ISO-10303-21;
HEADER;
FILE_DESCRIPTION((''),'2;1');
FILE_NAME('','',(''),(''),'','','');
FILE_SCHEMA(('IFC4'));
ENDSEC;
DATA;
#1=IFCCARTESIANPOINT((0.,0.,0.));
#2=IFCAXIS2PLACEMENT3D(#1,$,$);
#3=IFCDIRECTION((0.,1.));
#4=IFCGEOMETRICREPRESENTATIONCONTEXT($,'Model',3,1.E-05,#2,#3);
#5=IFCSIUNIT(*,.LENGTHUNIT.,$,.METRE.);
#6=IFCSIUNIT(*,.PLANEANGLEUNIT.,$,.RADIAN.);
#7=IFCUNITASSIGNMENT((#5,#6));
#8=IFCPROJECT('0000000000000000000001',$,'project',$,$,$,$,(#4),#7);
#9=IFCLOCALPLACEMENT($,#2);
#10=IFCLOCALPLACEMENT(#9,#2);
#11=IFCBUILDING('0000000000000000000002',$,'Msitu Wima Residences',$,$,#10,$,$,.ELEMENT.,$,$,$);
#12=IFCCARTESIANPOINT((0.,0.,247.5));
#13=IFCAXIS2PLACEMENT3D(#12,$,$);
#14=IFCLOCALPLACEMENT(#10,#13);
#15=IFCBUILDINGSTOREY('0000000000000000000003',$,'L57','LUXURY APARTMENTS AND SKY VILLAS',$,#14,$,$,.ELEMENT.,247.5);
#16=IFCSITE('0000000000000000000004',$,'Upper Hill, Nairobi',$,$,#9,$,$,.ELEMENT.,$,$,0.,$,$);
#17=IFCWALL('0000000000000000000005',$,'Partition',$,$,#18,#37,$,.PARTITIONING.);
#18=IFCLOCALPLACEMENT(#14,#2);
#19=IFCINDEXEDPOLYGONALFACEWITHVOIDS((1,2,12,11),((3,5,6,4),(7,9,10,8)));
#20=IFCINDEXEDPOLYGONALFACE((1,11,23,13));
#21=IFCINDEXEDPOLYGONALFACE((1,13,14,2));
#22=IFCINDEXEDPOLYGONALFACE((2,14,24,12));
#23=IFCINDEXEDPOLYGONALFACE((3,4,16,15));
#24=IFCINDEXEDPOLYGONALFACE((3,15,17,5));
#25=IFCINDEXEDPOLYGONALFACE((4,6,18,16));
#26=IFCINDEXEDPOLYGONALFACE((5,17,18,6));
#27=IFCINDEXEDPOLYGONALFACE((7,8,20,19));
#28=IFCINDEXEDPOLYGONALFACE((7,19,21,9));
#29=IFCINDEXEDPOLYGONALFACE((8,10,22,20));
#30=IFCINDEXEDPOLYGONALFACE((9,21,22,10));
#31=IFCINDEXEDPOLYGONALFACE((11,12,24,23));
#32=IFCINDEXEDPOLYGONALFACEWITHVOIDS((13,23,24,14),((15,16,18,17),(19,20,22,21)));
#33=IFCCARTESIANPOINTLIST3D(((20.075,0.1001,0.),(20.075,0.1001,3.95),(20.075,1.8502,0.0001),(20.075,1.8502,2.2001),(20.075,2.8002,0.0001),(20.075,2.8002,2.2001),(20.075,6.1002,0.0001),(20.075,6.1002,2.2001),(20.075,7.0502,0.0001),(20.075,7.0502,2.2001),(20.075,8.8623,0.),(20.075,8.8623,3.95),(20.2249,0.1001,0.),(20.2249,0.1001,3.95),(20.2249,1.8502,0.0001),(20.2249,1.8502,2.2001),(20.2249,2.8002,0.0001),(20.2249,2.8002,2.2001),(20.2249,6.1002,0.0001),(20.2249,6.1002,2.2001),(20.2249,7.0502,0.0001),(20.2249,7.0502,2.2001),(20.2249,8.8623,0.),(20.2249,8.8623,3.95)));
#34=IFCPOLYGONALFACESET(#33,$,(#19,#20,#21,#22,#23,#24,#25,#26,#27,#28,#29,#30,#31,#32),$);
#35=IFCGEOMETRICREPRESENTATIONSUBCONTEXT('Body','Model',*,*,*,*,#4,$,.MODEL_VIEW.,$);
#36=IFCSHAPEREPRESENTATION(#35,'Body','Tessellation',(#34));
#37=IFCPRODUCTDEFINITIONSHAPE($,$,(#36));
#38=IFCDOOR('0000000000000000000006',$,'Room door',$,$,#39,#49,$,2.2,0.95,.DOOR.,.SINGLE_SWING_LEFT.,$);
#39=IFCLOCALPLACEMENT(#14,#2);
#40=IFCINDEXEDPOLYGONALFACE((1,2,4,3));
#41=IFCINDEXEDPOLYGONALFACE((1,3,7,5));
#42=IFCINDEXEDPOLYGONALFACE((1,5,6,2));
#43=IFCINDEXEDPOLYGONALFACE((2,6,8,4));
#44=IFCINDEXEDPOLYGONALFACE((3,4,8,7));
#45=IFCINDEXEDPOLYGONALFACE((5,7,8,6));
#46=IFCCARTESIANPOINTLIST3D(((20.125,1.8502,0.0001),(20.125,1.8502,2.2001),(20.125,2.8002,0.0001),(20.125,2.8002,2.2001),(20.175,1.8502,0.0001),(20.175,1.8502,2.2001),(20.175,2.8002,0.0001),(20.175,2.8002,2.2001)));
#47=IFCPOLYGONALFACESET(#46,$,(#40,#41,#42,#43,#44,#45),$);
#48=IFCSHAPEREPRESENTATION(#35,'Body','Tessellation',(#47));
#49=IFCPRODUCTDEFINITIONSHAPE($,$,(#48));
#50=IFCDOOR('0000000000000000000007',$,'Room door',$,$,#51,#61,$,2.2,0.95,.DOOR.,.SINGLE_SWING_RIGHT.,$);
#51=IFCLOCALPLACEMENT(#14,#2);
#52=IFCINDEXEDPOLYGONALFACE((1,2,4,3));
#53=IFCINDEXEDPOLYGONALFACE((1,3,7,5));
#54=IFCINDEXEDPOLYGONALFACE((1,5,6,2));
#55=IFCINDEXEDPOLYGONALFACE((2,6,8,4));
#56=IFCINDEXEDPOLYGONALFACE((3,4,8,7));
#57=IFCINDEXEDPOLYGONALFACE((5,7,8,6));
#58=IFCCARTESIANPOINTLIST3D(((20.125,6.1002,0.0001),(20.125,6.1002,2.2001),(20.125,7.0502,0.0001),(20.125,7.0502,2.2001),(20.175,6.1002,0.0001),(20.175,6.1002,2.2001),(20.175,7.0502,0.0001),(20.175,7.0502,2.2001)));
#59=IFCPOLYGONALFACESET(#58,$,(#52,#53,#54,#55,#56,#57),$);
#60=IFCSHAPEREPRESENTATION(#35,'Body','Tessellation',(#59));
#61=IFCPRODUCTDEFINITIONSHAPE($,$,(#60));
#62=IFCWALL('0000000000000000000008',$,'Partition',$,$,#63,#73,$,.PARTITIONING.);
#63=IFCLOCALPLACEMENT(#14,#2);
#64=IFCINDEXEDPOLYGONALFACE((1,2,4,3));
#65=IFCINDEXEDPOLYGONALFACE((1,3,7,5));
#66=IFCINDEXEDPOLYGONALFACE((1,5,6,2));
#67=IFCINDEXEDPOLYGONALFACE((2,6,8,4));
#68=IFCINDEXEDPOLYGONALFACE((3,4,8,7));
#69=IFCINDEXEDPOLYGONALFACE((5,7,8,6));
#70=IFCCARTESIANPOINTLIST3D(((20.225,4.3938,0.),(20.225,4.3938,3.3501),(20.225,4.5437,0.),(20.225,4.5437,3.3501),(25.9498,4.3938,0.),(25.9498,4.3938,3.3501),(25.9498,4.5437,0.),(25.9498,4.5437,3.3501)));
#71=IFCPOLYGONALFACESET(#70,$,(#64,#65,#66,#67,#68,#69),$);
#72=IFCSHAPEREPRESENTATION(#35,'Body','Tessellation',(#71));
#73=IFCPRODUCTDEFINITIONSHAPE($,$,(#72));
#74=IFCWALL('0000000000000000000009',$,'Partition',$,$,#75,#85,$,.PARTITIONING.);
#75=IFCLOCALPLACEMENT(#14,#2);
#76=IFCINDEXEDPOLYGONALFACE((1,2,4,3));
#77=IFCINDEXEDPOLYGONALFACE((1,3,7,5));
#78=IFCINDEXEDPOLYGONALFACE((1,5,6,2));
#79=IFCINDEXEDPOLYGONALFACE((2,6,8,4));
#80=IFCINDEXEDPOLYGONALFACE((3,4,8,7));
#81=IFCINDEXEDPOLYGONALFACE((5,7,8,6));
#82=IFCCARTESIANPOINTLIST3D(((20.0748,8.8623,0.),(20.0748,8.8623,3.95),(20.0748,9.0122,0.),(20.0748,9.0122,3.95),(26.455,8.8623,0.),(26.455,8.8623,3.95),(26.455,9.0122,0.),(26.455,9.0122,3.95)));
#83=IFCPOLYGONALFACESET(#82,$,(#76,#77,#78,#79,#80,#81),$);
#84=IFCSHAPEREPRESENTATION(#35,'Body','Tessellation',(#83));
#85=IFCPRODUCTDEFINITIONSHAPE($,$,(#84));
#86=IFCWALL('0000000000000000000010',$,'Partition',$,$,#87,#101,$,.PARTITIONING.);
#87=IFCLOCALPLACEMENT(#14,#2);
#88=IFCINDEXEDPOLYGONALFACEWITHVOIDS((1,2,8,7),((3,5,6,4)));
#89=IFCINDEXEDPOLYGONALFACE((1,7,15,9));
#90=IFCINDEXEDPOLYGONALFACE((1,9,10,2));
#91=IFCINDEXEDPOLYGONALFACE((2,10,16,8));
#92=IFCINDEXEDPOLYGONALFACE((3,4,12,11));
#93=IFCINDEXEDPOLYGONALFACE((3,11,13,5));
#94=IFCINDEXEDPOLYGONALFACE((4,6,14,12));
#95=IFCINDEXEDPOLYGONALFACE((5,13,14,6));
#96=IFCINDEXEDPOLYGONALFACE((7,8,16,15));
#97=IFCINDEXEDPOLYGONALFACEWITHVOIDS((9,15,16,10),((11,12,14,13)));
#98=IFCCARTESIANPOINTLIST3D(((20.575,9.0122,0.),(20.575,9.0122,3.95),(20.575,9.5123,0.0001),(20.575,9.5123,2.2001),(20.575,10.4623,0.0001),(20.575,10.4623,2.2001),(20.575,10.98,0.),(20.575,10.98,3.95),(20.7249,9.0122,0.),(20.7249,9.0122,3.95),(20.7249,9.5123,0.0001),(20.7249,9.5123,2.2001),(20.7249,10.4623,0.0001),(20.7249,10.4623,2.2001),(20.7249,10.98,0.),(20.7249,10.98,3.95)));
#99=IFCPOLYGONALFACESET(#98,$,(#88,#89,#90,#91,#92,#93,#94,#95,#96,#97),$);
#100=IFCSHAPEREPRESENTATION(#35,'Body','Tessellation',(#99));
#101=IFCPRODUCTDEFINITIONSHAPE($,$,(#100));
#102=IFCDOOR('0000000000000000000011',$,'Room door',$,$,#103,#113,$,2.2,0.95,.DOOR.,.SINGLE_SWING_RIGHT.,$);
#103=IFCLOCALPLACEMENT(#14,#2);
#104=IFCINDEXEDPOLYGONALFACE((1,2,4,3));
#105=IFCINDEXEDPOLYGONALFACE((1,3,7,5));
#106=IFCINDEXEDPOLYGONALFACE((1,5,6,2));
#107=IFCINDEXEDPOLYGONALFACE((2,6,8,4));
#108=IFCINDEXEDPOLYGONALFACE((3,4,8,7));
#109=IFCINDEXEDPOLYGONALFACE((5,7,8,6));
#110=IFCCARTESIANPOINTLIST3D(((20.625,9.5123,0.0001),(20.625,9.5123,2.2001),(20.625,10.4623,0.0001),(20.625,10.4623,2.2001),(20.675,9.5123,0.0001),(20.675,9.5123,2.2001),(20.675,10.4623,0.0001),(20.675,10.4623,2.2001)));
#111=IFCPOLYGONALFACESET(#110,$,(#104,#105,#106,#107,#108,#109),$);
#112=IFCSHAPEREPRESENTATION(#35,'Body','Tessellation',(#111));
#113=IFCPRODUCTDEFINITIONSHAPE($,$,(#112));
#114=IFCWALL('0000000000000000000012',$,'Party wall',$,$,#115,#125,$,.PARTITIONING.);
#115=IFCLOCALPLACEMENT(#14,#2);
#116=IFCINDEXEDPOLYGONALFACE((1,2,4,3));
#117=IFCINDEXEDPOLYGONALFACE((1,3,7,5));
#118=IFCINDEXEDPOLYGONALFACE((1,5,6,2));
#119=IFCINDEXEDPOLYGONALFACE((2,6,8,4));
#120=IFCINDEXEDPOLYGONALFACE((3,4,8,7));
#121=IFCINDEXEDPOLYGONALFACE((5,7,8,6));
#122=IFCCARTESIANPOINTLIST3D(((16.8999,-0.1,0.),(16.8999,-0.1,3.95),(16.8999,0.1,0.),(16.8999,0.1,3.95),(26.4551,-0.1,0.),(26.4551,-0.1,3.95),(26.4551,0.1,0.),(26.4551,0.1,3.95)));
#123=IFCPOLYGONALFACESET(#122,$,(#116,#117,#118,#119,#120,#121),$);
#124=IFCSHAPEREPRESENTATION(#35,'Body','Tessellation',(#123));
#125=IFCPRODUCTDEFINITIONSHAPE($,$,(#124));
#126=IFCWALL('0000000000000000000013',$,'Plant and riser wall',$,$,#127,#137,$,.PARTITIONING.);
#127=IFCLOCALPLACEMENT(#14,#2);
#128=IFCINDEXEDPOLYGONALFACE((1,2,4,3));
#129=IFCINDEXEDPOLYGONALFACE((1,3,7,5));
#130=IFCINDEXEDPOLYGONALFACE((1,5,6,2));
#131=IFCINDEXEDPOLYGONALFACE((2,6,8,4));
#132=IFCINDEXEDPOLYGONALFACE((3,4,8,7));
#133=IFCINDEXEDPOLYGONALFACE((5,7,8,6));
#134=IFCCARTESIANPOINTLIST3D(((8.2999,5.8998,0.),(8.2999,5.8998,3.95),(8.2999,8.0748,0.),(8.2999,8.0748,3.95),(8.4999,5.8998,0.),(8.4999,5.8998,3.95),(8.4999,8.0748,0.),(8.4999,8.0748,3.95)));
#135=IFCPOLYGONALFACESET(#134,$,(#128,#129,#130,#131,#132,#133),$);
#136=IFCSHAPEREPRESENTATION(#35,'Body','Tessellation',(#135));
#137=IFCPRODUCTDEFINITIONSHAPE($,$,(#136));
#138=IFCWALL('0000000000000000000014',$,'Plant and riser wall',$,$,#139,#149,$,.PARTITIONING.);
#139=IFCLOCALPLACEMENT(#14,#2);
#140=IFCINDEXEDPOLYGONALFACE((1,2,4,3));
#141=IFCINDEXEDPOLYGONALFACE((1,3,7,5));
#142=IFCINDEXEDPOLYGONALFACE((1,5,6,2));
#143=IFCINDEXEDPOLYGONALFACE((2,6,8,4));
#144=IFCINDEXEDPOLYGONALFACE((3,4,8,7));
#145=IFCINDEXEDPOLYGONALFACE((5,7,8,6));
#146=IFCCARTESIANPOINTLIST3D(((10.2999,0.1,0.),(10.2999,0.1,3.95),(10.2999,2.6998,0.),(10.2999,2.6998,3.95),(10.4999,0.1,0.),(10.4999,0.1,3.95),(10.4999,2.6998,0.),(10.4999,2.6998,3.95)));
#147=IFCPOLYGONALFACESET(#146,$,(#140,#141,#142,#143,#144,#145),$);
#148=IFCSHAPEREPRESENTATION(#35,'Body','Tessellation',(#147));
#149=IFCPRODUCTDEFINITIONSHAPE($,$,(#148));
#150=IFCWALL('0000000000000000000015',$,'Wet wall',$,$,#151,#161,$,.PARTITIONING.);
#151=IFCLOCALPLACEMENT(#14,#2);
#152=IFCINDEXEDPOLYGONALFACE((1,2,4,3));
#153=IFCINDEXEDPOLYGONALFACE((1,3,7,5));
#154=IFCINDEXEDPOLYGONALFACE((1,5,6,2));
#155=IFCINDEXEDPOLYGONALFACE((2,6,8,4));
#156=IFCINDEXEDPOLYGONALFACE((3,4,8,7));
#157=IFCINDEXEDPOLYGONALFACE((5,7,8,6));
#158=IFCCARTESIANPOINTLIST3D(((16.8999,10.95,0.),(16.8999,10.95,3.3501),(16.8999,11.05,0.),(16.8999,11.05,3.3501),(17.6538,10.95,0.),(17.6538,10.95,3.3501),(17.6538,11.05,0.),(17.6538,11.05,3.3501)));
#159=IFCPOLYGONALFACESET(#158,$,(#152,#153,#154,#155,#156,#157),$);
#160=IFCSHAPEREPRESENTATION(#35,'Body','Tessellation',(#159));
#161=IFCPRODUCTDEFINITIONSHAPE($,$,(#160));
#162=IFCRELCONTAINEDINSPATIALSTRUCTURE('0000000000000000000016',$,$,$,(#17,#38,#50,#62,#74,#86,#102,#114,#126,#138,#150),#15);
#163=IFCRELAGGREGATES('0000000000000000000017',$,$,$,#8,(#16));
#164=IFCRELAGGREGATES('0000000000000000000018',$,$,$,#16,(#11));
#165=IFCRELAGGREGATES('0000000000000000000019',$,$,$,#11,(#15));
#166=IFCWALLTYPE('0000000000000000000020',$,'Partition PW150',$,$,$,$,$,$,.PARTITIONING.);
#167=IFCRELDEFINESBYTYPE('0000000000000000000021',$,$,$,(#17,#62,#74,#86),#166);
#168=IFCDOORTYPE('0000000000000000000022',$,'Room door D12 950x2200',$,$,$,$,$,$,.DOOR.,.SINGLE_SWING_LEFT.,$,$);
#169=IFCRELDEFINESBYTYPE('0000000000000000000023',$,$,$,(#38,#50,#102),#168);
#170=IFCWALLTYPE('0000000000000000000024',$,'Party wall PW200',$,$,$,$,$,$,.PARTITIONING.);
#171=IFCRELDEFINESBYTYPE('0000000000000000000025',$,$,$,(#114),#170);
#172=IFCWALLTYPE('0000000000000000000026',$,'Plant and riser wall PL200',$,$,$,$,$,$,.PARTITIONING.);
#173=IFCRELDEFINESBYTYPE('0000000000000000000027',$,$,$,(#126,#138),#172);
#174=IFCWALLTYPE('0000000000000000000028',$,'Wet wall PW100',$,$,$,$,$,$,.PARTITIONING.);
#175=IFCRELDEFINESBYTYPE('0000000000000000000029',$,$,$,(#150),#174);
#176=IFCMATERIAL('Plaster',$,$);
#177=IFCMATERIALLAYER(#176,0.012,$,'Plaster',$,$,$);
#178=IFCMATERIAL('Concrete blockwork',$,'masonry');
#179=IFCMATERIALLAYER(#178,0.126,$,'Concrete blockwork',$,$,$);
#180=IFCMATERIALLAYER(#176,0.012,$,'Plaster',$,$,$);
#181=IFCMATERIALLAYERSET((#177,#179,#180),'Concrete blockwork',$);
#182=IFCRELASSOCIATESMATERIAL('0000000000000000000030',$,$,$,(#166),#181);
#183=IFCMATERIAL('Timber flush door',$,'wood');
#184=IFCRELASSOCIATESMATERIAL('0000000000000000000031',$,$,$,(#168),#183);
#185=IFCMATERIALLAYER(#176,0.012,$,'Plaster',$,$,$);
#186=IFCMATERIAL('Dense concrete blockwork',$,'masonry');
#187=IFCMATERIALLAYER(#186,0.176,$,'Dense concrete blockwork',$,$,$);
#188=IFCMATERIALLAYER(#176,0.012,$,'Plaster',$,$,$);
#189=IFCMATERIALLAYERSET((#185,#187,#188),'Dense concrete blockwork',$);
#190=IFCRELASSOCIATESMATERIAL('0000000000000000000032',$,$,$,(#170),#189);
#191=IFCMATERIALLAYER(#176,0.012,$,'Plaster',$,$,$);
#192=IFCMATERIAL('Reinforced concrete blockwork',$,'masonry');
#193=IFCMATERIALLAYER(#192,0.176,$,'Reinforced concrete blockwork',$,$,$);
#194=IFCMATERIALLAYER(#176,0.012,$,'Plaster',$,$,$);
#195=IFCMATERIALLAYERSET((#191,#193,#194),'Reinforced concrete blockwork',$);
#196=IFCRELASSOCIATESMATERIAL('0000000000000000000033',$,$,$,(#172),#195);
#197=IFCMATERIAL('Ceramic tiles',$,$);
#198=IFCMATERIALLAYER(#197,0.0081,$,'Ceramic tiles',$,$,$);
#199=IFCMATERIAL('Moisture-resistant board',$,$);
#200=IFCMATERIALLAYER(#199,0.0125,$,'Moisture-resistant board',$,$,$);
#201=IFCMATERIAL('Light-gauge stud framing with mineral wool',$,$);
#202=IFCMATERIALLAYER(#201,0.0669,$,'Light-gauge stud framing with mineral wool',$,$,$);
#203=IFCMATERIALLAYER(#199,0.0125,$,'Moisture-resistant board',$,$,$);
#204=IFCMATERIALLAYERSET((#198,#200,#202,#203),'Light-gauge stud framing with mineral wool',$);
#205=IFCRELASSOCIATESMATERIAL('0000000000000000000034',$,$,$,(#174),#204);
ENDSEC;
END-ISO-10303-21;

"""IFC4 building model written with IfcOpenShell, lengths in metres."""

from ifc_helpers import new_model, si_unit, direction, frame, frame_2d, origin, place, context, subcontext, project, spatial, rectangle, extrude, material, layer, layer_set, type_object, element, fill, save


model = new_model("IFC4")

# Units and contexts
model_context = context("Model", 3, precision=1e-05, world=origin(), true_north=direction((0.0, 1.0)))
body_context = subcontext(model_context, "Body", "Model", "MODEL_VIEW")
ifc_project = project(units=[si_unit("LENGTHUNIT", "METRE"), si_unit("PLANEANGLEUNIT", "RADIAN")], contexts=[model_context])

# Site, building, storey
site_placement = place(None, origin())
site = spatial("IfcSite", under=ifc_project, at=site_placement, Name="Upper Hill, Nairobi", CompositionType="ELEMENT", RefElevation=0.0)
building_placement = place(site_placement, origin())
building = spatial("IfcBuilding", under=site, at=building_placement, Name="Msitu Wima Residences", CompositionType="ELEMENT")
storey_placement = place(building_placement, frame((0.0, 0.0, 247.5)))
storey = spatial("IfcBuildingStorey", under=building, at=storey_placement, Name="L57", Description="LUXURY APARTMENTS AND SKY VILLAS", CompositionType="ELEMENT", Elevation=247.5)

# Shared definitions
ifc_material_1 = material(Name="Plaster")
ifc_material_2 = material(Name="Concrete blockwork", Category="masonry")
ifc_material_3 = material(Name="Timber flush door", Category="wood")

# Wall, openings, doors
ifc_layer_1 = layer(ifc_material_1, 0.012, Name="Plaster")
ifc_layer_2 = layer(ifc_material_2, 0.126, Name="Concrete blockwork")
ifc_layer_3 = layer(ifc_material_1, 0.012, Name="Plaster")
ifc_layer_set_1 = layer_set([ifc_layer_1, ifc_layer_2, ifc_layer_3], Name="Concrete blockwork")
wall_type_1 = type_object("IfcWallType", Name="Partition PW150", PredefinedType="PARTITIONING", material=ifc_layer_set_1)
wall_1_placement = place(storey_placement, frame((20.1499, 0.1001, 0.0), z_axis=(0.0, 0.0, 1.0), x_axis=(0.0, 1.0, 0.0)))
wall_1 = element("IfcWall", 1, at=wall_1_placement, inside=storey, type_object=wall_type_1, Name="Partition", PredefinedType="PARTITIONING", context=body_context, shape_type="SweptSolid", body=[
    extrude(rectangle(XDim=8.7622, YDim=0.1499, at=frame_2d((4.3811, 0.0))), origin(), (0.0, 0.0, 1.0), 3.95),
])
opening_1_placement = place(wall_1_placement, frame((1.75, 0.0, 0.0)))
opening_1 = element("IfcOpeningElement", 2, at=opening_1_placement, cuts=wall_1, PredefinedType="OPENING", context=body_context, shape_type="SweptSolid", body=[
    extrude(rectangle(XDim=0.95, YDim=2.2, at=frame_2d((0.4751, 1.1001))), frame((0.0, 0.085, 0.0), z_axis=(0.0, -1.0, 0.0), x_axis=(1.0, 0.0, 0.0)), (0.0, 0.0, 1.0), 0.1699),
])
opening_2_placement = place(wall_1_placement, frame((6.0, 0.0, 0.0)))
opening_2 = element("IfcOpeningElement", 3, at=opening_2_placement, cuts=wall_1, PredefinedType="OPENING", context=body_context, shape_type="SweptSolid", body=[
    extrude(rectangle(XDim=0.95, YDim=2.2, at=frame_2d((0.4751, 1.1001))), frame((0.0, 0.085, 0.0), z_axis=(0.0, -1.0, 0.0), x_axis=(1.0, 0.0, 0.0)), (0.0, 0.0, 1.0), 0.1699),
])
door_type_1 = type_object("IfcDoorType", Name="Room door D12 950x2200", OperationType="SINGLE_SWING_LEFT", PredefinedType="DOOR", material=ifc_material_3)
door_1_placement = place(opening_1_placement, origin())
door_1 = element("IfcDoor", 4, at=door_1_placement, inside=storey, type_object=door_type_1, Name="Room door", OperationType="SINGLE_SWING_LEFT", OverallHeight=2.2, OverallWidth=0.95, PredefinedType="DOOR", context=body_context, shape_type="SweptSolid", body=[
    extrude(rectangle(XDim=0.95, YDim=2.2, at=frame_2d((0.4751, 1.1001))), frame((0.0, 0.0249, 0.0), z_axis=(0.0, -1.0, 0.0), x_axis=(1.0, 0.0, 0.0)), (0.0, 0.0, 1.0), 0.05),
])
fill(opening_1, door_1)
door_2_placement = place(opening_2_placement, origin())
door_2 = element("IfcDoor", 5, at=door_2_placement, inside=storey, type_object=door_type_1, Name="Room door", OperationType="SINGLE_SWING_RIGHT", OverallHeight=2.2, OverallWidth=0.95, PredefinedType="DOOR", context=body_context, shape_type="SweptSolid", body=[
    extrude(rectangle(XDim=0.95, YDim=2.2, at=frame_2d((0.4751, 1.1001))), frame((0.0, 0.0249, 0.0), z_axis=(0.0, -1.0, 0.0), x_axis=(1.0, 0.0, 0.0)), (0.0, 0.0, 1.0), 0.05),
])
fill(opening_2, door_2)

# Walls
wall_2_placement = place(storey_placement, frame((20.2251, 4.4688, 0.0), z_axis=(0.0, 0.0, 1.0), x_axis=(1.0, 0.0, 0.0)))
element("IfcWall", 6, at=wall_2_placement, inside=storey, type_object=wall_type_1, Name="Partition", PredefinedType="PARTITIONING", context=body_context, shape_type="SweptSolid", body=[
    extrude(rectangle(XDim=5.7249, YDim=0.1499, at=frame_2d((2.8623, 0.0))), origin(), (0.0, 0.0, 1.0), 3.3501),
])
wall_3_placement = place(storey_placement, frame((20.075, 8.9373, 0.0), z_axis=(0.0, 0.0, 1.0), x_axis=(1.0, 0.0, 0.0)))
element("IfcWall", 7, at=wall_3_placement, inside=storey, type_object=wall_type_1, Name="Partition", PredefinedType="PARTITIONING", context=body_context, shape_type="SweptSolid", body=[
    extrude(rectangle(XDim=6.3801, YDim=0.1499, at=frame_2d((3.1899, 0.0))), origin(), (0.0, 0.0, 1.0), 3.95),
])

# Wall, opening, door
wall_4_placement = place(storey_placement, frame((20.6499, 9.0122, 0.0), z_axis=(0.0, 0.0, 1.0), x_axis=(0.0, 1.0, 0.0)))
wall_4 = element("IfcWall", 8, at=wall_4_placement, inside=storey, type_object=wall_type_1, Name="Partition", PredefinedType="PARTITIONING", context=body_context, shape_type="SweptSolid", body=[
    extrude(rectangle(XDim=1.9678, YDim=0.1499, at=frame_2d((0.9839, 0.0))), origin(), (0.0, 0.0, 1.0), 3.95),
])
opening_3_placement = place(wall_4_placement, frame((0.5, 0.0, 0.0)))
opening_3 = element("IfcOpeningElement", 9, at=opening_3_placement, cuts=wall_4, PredefinedType="OPENING", context=body_context, shape_type="SweptSolid", body=[
    extrude(rectangle(XDim=0.95, YDim=2.2, at=frame_2d((0.4751, 1.1001))), frame((0.0, 0.085, 0.0), z_axis=(0.0, -1.0, 0.0), x_axis=(1.0, 0.0, 0.0)), (0.0, 0.0, 1.0), 0.1699),
])
door_3_placement = place(opening_3_placement, origin())
door_3 = element("IfcDoor", 10, at=door_3_placement, inside=storey, type_object=door_type_1, Name="Room door", OperationType="SINGLE_SWING_RIGHT", OverallHeight=2.2, OverallWidth=0.95, PredefinedType="DOOR", context=body_context, shape_type="SweptSolid", body=[
    extrude(rectangle(XDim=0.95, YDim=2.2, at=frame_2d((0.4751, 1.1001))), frame((0.0, 0.0249, 0.0), z_axis=(0.0, -1.0, 0.0), x_axis=(1.0, 0.0, 0.0)), (0.0, 0.0, 1.0), 0.05),
])
fill(opening_3, door_3)

# Walls
ifc_layer_4 = layer(ifc_material_1, 0.012, Name="Plaster")
ifc_material_4 = material(Name="Dense concrete blockwork", Category="masonry")
ifc_layer_5 = layer(ifc_material_4, 0.176, Name="Dense concrete blockwork")
ifc_layer_6 = layer(ifc_material_1, 0.012, Name="Plaster")
ifc_layer_set_2 = layer_set([ifc_layer_4, ifc_layer_5, ifc_layer_6], Name="Dense concrete blockwork")
wall_type_2 = type_object("IfcWallType", Name="Party wall PW200", PredefinedType="PARTITIONING", material=ifc_layer_set_2)
wall_5_placement = place(storey_placement, frame((16.8999, 0.0, 0.0), z_axis=(0.0, 0.0, 1.0), x_axis=(1.0, 0.0, 0.0)))
element("IfcWall", 11, at=wall_5_placement, inside=storey, type_object=wall_type_2, Name="Party wall", PredefinedType="PARTITIONING", context=body_context, shape_type="SweptSolid", body=[
    extrude(rectangle(XDim=9.5552, YDim=0.2, at=frame_2d((4.7776, 0.0))), origin(), (0.0, 0.0, 1.0), 3.95),
])
ifc_layer_7 = layer(ifc_material_1, 0.012, Name="Plaster")
ifc_material_5 = material(Name="Reinforced concrete blockwork", Category="masonry")
ifc_layer_8 = layer(ifc_material_5, 0.176, Name="Reinforced concrete blockwork")
ifc_layer_9 = layer(ifc_material_1, 0.012, Name="Plaster")
ifc_layer_set_3 = layer_set([ifc_layer_7, ifc_layer_8, ifc_layer_9], Name="Reinforced concrete blockwork")
wall_type_3 = type_object("IfcWallType", Name="Plant and riser wall PL200", PredefinedType="PARTITIONING", material=ifc_layer_set_3)
wall_6_placement = place(storey_placement, frame((8.3999, 5.8999, 0.0), z_axis=(0.0, 0.0, 1.0), x_axis=(0.0, 1.0, 0.0)))
element("IfcWall", 12, at=wall_6_placement, inside=storey, type_object=wall_type_3, Name="Plant and riser wall", PredefinedType="PARTITIONING", context=body_context, shape_type="SweptSolid", body=[
    extrude(rectangle(XDim=2.175, YDim=0.2, at=frame_2d((1.0874, 0.0))), origin(), (0.0, 0.0, 1.0), 3.95),
])
wall_7_placement = place(storey_placement, frame((10.3999, 0.1001, 0.0), z_axis=(0.0, 0.0, 1.0), x_axis=(0.0, 1.0, 0.0)))
element("IfcWall", 13, at=wall_7_placement, inside=storey, type_object=wall_type_3, Name="Plant and riser wall", PredefinedType="PARTITIONING", context=body_context, shape_type="SweptSolid", body=[
    extrude(rectangle(XDim=2.5999, YDim=0.2, at=frame_2d((1.2998, 0.0))), origin(), (0.0, 0.0, 1.0), 3.95),
])
ifc_material_6 = material(Name="Ceramic tiles")
ifc_layer_10 = layer(ifc_material_6, 0.0081, Name="Ceramic tiles")
ifc_material_7 = material(Name="Moisture-resistant board")
ifc_layer_11 = layer(ifc_material_7, 0.0125, Name="Moisture-resistant board")
ifc_material_8 = material(Name="Light-gauge stud framing with mineral wool")
ifc_layer_12 = layer(ifc_material_8, 0.0669, Name="Light-gauge stud framing with mineral wool")
ifc_layer_13 = layer(ifc_material_7, 0.0125, Name="Moisture-resistant board")
ifc_layer_set_4 = layer_set([ifc_layer_10, ifc_layer_11, ifc_layer_12, ifc_layer_13], Name="Light-gauge stud framing with mineral wool")
wall_type_4 = type_object("IfcWallType", Name="Wet wall PW100", PredefinedType="PARTITIONING", material=ifc_layer_set_4)
wall_8_placement = place(storey_placement, frame((16.8999, 11.0, 0.0), z_axis=(0.0, 0.0, 1.0), x_axis=(1.0, 0.0, 0.0)))
element("IfcWall", 14, at=wall_8_placement, inside=storey, type_object=wall_type_4, Name="Wet wall", PredefinedType="PARTITIONING", context=body_context, shape_type="SweptSolid", body=[
    extrude(rectangle(XDim=0.7539, YDim=0.1001, at=frame_2d((0.377, 0.0))), origin(), (0.0, 0.0, 1.0), 3.3501),
])

save(model, "model.ifc")
